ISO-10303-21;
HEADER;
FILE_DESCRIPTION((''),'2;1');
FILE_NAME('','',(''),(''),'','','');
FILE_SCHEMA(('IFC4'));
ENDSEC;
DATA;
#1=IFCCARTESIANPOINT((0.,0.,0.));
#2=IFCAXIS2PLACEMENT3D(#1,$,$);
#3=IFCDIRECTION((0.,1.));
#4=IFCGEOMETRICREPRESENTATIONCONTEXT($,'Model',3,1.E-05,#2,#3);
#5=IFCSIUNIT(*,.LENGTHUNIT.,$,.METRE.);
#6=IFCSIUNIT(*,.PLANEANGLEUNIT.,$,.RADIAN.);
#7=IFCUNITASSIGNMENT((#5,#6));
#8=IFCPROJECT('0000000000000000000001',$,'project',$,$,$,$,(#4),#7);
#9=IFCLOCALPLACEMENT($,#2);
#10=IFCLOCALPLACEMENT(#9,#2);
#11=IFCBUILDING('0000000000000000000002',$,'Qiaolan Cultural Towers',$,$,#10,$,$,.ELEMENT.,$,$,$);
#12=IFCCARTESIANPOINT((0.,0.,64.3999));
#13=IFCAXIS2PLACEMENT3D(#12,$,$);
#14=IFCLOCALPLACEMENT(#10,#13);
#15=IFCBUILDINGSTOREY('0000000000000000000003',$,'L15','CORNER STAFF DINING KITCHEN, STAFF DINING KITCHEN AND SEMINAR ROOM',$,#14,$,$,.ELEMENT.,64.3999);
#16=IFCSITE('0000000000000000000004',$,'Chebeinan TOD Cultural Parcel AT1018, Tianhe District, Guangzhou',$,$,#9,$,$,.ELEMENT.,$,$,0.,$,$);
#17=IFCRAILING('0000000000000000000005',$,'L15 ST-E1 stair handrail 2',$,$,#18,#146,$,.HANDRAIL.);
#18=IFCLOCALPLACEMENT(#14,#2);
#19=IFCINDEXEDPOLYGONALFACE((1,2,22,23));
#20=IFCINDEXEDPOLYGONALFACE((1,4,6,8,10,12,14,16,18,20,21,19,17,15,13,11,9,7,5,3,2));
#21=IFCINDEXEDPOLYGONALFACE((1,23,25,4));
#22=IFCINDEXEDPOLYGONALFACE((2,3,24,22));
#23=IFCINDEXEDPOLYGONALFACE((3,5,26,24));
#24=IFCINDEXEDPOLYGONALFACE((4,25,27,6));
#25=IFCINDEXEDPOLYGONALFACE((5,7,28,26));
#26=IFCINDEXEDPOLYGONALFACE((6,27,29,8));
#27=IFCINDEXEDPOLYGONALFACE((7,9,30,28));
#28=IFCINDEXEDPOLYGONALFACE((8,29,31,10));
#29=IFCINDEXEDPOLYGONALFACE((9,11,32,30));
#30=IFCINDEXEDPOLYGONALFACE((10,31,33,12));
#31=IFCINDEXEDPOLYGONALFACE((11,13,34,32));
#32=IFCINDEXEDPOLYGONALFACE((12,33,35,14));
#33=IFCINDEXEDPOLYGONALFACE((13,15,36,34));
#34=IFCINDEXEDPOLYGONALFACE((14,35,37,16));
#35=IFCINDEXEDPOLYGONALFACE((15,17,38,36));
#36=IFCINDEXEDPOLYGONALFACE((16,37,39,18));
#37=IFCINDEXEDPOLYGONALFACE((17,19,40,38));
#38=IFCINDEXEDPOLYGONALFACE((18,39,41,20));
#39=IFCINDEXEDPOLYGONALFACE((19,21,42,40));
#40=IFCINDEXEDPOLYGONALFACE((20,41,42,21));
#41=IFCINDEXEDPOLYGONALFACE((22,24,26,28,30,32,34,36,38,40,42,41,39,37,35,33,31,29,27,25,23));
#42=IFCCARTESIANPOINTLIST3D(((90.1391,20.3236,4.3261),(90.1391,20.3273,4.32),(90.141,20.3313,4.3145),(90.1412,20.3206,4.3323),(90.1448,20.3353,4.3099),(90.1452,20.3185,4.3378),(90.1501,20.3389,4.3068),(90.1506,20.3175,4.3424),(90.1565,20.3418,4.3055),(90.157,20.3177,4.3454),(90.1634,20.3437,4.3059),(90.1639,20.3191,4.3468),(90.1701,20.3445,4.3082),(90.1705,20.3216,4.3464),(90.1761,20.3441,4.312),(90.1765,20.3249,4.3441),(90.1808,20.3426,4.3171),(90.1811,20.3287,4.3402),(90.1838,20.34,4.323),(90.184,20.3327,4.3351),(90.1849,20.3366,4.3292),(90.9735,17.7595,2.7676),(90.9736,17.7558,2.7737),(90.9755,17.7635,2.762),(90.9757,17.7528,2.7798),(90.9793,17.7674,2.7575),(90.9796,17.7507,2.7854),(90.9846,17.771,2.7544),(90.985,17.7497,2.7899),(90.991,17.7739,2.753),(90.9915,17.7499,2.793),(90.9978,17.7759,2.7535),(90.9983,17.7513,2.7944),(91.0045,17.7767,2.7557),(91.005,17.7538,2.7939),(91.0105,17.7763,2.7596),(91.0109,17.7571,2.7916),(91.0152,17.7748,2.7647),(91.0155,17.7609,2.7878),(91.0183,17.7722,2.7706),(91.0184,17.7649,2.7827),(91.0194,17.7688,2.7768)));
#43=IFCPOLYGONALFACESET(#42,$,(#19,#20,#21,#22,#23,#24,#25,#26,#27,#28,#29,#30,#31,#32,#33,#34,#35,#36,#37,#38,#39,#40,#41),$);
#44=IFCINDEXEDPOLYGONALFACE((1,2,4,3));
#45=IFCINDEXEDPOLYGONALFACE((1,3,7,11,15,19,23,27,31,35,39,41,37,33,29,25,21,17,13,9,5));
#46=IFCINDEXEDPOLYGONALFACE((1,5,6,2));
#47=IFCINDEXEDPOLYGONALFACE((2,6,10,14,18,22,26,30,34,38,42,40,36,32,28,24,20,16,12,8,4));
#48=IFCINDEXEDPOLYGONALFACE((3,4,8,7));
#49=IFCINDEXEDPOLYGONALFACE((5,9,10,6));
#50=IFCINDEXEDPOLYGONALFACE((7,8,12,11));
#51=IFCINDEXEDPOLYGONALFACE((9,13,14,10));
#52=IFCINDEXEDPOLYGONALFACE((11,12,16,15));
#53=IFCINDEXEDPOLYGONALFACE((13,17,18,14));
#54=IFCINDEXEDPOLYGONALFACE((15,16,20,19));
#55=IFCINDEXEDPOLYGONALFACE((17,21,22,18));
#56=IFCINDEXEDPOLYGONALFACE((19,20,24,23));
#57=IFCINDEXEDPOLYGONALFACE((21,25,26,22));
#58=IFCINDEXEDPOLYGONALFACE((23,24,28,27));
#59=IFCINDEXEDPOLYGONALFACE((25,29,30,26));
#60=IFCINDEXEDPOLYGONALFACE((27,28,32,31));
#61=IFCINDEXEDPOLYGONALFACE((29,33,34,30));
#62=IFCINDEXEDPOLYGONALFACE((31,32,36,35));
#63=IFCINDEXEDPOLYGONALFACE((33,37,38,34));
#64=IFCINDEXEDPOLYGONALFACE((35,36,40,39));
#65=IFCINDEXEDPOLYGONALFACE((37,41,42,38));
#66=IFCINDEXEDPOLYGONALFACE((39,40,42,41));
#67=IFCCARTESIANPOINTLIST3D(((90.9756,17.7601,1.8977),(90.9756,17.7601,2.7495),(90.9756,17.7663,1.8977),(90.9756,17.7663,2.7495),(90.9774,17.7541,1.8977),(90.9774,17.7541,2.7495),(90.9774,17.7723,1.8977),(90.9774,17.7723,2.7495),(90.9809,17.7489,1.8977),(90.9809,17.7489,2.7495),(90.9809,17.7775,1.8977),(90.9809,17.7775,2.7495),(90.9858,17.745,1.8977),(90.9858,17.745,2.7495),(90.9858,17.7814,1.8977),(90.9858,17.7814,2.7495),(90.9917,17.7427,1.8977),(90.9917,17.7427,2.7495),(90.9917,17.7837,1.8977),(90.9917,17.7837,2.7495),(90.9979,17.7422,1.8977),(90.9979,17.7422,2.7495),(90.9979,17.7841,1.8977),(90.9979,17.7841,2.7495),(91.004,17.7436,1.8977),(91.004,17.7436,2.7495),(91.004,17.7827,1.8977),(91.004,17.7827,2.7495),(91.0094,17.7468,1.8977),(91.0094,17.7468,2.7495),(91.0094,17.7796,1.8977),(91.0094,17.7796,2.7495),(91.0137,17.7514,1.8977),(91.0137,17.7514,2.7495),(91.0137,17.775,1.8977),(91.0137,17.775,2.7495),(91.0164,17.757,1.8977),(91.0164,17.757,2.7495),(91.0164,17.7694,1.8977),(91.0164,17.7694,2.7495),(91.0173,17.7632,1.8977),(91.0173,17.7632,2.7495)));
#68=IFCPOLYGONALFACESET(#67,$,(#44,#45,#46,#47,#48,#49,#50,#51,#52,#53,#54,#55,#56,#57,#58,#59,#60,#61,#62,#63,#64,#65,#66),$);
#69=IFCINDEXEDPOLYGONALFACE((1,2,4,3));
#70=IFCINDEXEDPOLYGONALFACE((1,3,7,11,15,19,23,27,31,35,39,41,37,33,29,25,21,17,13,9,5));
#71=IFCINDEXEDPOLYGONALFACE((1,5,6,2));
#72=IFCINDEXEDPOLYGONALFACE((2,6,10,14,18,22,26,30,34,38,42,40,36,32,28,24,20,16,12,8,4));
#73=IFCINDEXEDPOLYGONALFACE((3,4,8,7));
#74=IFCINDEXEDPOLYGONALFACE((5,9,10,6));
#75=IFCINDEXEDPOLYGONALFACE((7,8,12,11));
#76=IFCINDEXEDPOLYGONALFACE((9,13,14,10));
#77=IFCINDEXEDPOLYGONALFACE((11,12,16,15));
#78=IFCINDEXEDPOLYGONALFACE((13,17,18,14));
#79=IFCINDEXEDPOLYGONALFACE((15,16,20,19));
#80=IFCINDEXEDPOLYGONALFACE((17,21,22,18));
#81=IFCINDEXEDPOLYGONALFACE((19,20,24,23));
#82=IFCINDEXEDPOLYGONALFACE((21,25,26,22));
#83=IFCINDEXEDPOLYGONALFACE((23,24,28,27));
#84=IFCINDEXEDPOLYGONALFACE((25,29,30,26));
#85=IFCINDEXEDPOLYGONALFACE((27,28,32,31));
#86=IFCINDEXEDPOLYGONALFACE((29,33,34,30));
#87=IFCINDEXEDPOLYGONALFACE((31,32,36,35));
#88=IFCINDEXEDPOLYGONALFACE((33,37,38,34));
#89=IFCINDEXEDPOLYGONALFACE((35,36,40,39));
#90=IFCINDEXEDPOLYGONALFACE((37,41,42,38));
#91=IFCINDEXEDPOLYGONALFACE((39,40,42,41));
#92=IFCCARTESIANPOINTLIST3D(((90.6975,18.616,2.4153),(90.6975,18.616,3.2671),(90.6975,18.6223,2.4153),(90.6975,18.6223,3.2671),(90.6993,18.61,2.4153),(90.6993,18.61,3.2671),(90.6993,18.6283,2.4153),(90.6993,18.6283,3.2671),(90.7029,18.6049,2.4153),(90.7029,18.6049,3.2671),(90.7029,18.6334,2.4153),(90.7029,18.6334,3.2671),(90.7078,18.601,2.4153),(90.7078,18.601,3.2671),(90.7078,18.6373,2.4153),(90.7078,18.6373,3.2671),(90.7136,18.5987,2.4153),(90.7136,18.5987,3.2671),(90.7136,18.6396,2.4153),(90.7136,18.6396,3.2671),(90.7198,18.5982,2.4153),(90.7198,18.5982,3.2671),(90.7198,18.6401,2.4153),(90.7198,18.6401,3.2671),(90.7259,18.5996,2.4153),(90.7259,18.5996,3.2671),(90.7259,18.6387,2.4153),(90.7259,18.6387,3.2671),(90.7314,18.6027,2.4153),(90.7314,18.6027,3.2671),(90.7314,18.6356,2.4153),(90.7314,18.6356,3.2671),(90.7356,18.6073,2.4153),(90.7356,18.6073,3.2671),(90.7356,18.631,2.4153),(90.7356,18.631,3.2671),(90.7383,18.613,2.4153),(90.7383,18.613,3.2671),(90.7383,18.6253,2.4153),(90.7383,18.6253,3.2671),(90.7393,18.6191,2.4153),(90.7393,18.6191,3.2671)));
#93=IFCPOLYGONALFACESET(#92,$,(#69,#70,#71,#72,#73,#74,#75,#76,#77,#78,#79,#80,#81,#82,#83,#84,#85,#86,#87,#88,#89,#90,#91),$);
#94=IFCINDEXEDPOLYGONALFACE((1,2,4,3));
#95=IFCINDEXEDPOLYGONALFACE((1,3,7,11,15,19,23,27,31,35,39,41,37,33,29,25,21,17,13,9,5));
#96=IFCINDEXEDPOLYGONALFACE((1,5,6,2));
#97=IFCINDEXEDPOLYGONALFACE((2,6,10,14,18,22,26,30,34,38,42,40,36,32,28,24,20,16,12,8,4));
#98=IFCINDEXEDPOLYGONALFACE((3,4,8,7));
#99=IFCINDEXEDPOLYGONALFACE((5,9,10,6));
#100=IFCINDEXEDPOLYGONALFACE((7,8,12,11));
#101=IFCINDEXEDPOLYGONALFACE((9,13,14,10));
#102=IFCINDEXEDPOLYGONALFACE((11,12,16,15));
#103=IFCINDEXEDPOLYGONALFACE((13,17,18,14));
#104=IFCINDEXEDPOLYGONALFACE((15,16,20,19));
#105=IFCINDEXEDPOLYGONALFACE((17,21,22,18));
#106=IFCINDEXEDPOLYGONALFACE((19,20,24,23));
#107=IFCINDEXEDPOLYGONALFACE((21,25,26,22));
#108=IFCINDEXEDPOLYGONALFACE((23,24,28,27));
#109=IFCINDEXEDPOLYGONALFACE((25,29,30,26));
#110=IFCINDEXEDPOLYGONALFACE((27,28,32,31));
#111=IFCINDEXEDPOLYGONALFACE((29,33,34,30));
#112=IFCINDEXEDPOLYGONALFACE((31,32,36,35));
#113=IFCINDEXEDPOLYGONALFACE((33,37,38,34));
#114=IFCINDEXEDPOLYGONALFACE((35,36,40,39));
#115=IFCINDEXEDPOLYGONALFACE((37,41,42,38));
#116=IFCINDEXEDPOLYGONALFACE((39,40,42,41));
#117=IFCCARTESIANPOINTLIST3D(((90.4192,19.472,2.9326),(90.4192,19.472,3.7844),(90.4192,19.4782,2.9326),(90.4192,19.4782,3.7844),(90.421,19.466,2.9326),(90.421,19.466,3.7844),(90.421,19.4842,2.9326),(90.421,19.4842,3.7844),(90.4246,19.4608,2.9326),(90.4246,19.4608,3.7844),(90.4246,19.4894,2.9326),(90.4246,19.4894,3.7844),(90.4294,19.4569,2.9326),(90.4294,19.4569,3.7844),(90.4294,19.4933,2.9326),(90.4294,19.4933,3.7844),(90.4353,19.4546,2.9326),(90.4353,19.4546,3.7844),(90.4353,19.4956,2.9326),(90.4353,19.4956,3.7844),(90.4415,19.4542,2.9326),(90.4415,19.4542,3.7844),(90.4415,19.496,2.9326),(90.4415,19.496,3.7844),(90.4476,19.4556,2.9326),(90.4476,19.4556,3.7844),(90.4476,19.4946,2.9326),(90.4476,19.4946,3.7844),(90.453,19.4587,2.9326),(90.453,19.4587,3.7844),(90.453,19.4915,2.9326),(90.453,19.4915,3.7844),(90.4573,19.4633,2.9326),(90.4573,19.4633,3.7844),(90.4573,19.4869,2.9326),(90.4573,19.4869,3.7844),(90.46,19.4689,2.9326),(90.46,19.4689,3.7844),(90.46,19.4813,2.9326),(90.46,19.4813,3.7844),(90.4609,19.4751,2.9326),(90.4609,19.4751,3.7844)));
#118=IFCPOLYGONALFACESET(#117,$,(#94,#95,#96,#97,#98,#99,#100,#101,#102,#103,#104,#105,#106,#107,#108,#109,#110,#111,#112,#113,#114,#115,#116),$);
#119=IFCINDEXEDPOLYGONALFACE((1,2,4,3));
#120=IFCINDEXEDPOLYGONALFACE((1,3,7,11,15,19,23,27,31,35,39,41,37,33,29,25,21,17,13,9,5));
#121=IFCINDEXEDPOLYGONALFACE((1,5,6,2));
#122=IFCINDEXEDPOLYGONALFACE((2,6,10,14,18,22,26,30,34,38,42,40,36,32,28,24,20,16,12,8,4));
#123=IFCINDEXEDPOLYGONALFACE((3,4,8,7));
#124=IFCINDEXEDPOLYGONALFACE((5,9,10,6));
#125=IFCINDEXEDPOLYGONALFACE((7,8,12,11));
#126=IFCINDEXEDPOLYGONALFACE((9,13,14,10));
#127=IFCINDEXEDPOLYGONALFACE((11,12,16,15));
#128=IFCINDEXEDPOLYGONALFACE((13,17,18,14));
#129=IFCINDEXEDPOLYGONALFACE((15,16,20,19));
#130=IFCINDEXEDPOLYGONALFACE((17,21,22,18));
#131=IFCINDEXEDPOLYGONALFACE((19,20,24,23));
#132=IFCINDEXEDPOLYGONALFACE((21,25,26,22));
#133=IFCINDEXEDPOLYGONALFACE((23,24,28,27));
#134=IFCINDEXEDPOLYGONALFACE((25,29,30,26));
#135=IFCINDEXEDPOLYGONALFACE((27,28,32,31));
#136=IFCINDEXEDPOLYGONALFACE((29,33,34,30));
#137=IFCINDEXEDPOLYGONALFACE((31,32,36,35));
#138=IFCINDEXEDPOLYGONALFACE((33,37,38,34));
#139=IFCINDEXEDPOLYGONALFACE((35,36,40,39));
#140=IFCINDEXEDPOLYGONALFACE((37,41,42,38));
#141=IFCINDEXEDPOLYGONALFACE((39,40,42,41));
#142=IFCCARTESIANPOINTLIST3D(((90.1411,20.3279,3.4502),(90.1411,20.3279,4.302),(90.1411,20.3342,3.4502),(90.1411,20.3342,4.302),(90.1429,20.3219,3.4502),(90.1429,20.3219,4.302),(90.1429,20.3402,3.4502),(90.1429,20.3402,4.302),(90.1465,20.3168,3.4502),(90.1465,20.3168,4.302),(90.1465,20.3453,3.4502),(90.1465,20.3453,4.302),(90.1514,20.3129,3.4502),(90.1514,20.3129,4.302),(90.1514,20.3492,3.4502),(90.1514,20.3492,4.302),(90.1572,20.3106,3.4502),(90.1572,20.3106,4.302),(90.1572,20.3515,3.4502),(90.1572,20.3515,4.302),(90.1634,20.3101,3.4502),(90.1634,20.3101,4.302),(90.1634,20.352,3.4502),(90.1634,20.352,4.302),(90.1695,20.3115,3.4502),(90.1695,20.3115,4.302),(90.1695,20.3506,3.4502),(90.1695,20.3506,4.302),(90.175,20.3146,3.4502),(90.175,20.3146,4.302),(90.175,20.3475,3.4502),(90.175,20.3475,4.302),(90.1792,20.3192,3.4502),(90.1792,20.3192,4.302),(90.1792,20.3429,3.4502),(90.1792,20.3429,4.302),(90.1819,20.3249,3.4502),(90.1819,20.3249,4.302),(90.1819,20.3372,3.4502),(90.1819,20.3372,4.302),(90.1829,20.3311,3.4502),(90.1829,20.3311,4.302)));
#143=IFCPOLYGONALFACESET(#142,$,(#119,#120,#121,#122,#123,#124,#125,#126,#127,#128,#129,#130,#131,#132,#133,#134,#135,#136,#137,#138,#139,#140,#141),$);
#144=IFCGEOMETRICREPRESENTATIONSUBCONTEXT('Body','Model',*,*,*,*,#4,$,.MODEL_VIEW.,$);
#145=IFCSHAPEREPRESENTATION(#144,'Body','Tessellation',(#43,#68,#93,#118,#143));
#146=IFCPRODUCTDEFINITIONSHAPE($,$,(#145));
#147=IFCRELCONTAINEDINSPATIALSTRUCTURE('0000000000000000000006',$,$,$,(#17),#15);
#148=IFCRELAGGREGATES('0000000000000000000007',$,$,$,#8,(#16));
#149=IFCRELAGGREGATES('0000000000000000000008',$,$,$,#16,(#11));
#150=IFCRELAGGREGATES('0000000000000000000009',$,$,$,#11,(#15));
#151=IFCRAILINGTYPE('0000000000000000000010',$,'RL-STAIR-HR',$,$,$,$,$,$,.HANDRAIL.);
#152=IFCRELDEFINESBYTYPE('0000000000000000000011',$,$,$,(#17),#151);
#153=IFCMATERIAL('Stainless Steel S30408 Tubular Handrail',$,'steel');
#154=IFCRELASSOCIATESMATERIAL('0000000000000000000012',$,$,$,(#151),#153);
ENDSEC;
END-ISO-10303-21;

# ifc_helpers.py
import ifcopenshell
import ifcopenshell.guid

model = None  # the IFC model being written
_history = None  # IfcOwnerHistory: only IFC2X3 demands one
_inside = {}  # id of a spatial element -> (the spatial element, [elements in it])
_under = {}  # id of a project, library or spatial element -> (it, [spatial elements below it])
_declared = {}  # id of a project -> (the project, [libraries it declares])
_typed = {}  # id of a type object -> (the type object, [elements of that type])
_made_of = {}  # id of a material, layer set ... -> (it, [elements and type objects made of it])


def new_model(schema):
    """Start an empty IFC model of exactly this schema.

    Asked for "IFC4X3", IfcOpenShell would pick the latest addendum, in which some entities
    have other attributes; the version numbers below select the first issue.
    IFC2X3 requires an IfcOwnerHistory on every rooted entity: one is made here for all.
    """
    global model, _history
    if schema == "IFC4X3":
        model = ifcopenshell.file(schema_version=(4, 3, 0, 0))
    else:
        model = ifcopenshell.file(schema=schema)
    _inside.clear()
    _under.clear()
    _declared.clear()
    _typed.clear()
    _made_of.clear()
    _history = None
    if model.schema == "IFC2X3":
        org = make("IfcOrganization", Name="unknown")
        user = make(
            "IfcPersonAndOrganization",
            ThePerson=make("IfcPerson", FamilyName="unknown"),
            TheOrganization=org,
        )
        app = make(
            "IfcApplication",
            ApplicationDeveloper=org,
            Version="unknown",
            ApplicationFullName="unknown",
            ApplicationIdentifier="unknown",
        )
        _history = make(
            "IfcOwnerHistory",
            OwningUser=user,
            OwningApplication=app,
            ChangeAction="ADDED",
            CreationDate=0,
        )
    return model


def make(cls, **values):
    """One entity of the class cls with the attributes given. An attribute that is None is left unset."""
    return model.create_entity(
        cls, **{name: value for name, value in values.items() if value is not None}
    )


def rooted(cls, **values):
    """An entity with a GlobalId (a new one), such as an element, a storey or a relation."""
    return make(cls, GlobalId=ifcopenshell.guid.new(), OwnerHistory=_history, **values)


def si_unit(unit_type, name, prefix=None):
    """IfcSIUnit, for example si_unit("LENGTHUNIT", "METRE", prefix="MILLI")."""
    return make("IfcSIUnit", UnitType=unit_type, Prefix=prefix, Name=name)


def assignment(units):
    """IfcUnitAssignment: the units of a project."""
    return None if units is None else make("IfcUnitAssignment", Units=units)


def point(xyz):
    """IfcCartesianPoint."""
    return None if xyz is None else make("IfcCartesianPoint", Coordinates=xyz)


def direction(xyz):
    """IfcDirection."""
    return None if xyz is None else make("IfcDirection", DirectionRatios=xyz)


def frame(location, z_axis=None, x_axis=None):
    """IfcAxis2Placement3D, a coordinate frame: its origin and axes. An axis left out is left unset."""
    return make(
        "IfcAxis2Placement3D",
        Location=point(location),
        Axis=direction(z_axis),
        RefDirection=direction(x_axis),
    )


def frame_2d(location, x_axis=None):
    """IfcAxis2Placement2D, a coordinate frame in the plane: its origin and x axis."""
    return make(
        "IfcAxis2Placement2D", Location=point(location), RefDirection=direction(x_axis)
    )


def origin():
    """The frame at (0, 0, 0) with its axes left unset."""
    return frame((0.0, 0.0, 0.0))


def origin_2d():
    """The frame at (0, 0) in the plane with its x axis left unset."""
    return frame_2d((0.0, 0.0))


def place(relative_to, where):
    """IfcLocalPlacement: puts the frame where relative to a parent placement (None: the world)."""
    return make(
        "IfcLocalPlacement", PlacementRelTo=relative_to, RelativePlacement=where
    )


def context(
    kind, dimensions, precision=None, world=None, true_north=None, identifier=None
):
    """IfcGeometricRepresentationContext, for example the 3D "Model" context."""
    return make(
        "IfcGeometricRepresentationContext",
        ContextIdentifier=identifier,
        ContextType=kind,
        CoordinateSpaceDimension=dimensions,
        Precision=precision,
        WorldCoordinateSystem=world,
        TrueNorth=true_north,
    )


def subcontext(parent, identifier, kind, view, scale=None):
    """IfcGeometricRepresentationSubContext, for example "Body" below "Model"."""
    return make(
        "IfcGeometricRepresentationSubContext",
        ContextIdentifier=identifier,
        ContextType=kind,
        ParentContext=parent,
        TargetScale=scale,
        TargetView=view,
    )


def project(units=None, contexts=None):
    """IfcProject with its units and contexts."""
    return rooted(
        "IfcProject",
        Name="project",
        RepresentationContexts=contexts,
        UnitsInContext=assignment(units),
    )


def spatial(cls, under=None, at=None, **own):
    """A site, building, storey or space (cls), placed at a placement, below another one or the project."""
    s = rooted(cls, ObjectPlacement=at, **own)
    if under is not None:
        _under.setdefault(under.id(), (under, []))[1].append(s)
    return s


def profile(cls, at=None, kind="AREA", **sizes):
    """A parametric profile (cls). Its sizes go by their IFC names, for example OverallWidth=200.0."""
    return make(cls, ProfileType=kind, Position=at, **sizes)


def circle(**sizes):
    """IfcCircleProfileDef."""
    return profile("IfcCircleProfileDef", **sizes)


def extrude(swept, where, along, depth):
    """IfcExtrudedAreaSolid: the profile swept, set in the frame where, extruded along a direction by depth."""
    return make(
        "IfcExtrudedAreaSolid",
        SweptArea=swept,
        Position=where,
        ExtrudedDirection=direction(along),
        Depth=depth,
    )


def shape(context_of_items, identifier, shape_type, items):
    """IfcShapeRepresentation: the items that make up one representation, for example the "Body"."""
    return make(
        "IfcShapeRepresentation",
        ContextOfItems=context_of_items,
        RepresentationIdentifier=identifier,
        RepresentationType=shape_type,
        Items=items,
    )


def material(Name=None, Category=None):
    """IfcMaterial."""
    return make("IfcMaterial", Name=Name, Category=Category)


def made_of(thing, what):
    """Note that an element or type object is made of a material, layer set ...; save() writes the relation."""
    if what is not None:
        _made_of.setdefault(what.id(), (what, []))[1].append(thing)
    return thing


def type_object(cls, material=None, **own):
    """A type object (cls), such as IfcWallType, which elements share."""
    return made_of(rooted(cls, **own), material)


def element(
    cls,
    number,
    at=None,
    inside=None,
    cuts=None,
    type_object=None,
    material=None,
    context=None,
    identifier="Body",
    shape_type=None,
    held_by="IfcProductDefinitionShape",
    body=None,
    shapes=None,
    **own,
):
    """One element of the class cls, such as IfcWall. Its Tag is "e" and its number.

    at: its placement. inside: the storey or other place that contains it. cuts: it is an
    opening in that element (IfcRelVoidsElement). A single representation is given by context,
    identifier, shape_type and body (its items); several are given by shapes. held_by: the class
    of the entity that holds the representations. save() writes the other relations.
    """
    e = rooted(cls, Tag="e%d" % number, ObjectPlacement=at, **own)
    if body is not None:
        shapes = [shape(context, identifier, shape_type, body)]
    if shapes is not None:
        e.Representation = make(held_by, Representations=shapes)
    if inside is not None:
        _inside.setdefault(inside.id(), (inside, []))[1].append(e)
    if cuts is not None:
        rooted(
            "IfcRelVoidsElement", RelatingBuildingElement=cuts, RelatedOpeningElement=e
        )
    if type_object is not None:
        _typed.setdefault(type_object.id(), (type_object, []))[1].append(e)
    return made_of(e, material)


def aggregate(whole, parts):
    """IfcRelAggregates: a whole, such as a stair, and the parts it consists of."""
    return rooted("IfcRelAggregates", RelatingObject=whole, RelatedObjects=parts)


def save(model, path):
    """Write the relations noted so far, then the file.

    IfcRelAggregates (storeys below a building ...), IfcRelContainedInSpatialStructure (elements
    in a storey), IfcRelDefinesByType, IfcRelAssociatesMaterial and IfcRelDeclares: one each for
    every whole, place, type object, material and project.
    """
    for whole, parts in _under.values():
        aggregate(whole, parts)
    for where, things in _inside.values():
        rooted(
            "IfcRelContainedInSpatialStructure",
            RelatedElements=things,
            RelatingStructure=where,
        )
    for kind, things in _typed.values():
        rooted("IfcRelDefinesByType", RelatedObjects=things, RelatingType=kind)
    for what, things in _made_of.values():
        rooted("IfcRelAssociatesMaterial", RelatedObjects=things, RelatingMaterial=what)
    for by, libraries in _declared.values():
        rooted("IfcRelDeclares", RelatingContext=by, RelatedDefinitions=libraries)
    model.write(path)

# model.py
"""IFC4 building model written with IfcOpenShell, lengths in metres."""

from ifc_helpers import new_model, si_unit, direction, frame, origin, origin_2d, place, context, subcontext, project, spatial, circle, extrude, material, type_object, element, save


model = new_model("IFC4")

# Units and contexts
model_context = context("Model", 3, precision=1e-05, world=origin(), true_north=direction((0.0, 1.0)))
body_context = subcontext(model_context, "Body", "Model", "MODEL_VIEW")
ifc_project = project(units=[si_unit("LENGTHUNIT", "METRE"), si_unit("PLANEANGLEUNIT", "RADIAN")], contexts=[model_context])

# Site, building, storey
site_placement = place(None, origin())
site = spatial("IfcSite", under=ifc_project, at=site_placement, Name="Chebeinan TOD Cultural Parcel AT1018, Tianhe District, Guangzhou", CompositionType="ELEMENT", RefElevation=0.0)
building_placement = place(site_placement, origin())
building = spatial("IfcBuilding", under=site, at=building_placement, Name="Qiaolan Cultural Towers", CompositionType="ELEMENT")
storey_placement = place(building_placement, frame((0.0, 0.0, 64.3999)))
storey = spatial("IfcBuildingStorey", under=building, at=storey_placement, Name="L15", Description="CORNER STAFF DINING KITCHEN, STAFF DINING KITCHEN AND SEMINAR ROOM", CompositionType="ELEMENT", Elevation=64.3999)

# Railing
ifc_material_1 = material(Name="Stainless Steel S30408 Tubular Handrail", Category="steel")
railing_type_1 = type_object("IfcRailingType", Name="RL-STAIR-HR", PredefinedType="HANDRAIL", material=ifc_material_1)
railing_1_placement = place(storey_placement, frame((90.9963, 17.7632, 1.8977)))
element("IfcRailing", 1, at=railing_1_placement, inside=storey, type_object=railing_type_1, Name="L15 ST-E1 stair handrail 2", PredefinedType="HANDRAIL", context=body_context, shape_type="SweptSolid", body=[
    extrude(circle(Radius=0.0239, at=origin_2d()), frame((0.0, 0.0, 0.876), z_axis=(-0.267926, 0.824471, 0.498461), x_axis=(-0.951043, -0.309057, 0.0)), (0.0, 0.0, 1.0), 3.1145),
    extrude(circle(Radius=0.021, at=origin_2d()), origin(), (0.0, 0.0, 1.0), 0.8518),
    extrude(circle(Radius=0.021, at=origin_2d()), frame((-0.2781, 0.856, 0.5176)), (0.0, 0.0, 1.0), 0.8518),
    extrude(circle(Radius=0.021, at=origin_2d()), frame((-0.5564, 1.7119, 1.0349)), (0.0, 0.0, 1.0), 0.8518),
    extrude(circle(Radius=0.021, at=origin_2d()), frame((-0.8345, 2.5679, 1.5525)), (0.0, 0.0, 1.0), 0.8518),
])

save(model, "model.ifc")
